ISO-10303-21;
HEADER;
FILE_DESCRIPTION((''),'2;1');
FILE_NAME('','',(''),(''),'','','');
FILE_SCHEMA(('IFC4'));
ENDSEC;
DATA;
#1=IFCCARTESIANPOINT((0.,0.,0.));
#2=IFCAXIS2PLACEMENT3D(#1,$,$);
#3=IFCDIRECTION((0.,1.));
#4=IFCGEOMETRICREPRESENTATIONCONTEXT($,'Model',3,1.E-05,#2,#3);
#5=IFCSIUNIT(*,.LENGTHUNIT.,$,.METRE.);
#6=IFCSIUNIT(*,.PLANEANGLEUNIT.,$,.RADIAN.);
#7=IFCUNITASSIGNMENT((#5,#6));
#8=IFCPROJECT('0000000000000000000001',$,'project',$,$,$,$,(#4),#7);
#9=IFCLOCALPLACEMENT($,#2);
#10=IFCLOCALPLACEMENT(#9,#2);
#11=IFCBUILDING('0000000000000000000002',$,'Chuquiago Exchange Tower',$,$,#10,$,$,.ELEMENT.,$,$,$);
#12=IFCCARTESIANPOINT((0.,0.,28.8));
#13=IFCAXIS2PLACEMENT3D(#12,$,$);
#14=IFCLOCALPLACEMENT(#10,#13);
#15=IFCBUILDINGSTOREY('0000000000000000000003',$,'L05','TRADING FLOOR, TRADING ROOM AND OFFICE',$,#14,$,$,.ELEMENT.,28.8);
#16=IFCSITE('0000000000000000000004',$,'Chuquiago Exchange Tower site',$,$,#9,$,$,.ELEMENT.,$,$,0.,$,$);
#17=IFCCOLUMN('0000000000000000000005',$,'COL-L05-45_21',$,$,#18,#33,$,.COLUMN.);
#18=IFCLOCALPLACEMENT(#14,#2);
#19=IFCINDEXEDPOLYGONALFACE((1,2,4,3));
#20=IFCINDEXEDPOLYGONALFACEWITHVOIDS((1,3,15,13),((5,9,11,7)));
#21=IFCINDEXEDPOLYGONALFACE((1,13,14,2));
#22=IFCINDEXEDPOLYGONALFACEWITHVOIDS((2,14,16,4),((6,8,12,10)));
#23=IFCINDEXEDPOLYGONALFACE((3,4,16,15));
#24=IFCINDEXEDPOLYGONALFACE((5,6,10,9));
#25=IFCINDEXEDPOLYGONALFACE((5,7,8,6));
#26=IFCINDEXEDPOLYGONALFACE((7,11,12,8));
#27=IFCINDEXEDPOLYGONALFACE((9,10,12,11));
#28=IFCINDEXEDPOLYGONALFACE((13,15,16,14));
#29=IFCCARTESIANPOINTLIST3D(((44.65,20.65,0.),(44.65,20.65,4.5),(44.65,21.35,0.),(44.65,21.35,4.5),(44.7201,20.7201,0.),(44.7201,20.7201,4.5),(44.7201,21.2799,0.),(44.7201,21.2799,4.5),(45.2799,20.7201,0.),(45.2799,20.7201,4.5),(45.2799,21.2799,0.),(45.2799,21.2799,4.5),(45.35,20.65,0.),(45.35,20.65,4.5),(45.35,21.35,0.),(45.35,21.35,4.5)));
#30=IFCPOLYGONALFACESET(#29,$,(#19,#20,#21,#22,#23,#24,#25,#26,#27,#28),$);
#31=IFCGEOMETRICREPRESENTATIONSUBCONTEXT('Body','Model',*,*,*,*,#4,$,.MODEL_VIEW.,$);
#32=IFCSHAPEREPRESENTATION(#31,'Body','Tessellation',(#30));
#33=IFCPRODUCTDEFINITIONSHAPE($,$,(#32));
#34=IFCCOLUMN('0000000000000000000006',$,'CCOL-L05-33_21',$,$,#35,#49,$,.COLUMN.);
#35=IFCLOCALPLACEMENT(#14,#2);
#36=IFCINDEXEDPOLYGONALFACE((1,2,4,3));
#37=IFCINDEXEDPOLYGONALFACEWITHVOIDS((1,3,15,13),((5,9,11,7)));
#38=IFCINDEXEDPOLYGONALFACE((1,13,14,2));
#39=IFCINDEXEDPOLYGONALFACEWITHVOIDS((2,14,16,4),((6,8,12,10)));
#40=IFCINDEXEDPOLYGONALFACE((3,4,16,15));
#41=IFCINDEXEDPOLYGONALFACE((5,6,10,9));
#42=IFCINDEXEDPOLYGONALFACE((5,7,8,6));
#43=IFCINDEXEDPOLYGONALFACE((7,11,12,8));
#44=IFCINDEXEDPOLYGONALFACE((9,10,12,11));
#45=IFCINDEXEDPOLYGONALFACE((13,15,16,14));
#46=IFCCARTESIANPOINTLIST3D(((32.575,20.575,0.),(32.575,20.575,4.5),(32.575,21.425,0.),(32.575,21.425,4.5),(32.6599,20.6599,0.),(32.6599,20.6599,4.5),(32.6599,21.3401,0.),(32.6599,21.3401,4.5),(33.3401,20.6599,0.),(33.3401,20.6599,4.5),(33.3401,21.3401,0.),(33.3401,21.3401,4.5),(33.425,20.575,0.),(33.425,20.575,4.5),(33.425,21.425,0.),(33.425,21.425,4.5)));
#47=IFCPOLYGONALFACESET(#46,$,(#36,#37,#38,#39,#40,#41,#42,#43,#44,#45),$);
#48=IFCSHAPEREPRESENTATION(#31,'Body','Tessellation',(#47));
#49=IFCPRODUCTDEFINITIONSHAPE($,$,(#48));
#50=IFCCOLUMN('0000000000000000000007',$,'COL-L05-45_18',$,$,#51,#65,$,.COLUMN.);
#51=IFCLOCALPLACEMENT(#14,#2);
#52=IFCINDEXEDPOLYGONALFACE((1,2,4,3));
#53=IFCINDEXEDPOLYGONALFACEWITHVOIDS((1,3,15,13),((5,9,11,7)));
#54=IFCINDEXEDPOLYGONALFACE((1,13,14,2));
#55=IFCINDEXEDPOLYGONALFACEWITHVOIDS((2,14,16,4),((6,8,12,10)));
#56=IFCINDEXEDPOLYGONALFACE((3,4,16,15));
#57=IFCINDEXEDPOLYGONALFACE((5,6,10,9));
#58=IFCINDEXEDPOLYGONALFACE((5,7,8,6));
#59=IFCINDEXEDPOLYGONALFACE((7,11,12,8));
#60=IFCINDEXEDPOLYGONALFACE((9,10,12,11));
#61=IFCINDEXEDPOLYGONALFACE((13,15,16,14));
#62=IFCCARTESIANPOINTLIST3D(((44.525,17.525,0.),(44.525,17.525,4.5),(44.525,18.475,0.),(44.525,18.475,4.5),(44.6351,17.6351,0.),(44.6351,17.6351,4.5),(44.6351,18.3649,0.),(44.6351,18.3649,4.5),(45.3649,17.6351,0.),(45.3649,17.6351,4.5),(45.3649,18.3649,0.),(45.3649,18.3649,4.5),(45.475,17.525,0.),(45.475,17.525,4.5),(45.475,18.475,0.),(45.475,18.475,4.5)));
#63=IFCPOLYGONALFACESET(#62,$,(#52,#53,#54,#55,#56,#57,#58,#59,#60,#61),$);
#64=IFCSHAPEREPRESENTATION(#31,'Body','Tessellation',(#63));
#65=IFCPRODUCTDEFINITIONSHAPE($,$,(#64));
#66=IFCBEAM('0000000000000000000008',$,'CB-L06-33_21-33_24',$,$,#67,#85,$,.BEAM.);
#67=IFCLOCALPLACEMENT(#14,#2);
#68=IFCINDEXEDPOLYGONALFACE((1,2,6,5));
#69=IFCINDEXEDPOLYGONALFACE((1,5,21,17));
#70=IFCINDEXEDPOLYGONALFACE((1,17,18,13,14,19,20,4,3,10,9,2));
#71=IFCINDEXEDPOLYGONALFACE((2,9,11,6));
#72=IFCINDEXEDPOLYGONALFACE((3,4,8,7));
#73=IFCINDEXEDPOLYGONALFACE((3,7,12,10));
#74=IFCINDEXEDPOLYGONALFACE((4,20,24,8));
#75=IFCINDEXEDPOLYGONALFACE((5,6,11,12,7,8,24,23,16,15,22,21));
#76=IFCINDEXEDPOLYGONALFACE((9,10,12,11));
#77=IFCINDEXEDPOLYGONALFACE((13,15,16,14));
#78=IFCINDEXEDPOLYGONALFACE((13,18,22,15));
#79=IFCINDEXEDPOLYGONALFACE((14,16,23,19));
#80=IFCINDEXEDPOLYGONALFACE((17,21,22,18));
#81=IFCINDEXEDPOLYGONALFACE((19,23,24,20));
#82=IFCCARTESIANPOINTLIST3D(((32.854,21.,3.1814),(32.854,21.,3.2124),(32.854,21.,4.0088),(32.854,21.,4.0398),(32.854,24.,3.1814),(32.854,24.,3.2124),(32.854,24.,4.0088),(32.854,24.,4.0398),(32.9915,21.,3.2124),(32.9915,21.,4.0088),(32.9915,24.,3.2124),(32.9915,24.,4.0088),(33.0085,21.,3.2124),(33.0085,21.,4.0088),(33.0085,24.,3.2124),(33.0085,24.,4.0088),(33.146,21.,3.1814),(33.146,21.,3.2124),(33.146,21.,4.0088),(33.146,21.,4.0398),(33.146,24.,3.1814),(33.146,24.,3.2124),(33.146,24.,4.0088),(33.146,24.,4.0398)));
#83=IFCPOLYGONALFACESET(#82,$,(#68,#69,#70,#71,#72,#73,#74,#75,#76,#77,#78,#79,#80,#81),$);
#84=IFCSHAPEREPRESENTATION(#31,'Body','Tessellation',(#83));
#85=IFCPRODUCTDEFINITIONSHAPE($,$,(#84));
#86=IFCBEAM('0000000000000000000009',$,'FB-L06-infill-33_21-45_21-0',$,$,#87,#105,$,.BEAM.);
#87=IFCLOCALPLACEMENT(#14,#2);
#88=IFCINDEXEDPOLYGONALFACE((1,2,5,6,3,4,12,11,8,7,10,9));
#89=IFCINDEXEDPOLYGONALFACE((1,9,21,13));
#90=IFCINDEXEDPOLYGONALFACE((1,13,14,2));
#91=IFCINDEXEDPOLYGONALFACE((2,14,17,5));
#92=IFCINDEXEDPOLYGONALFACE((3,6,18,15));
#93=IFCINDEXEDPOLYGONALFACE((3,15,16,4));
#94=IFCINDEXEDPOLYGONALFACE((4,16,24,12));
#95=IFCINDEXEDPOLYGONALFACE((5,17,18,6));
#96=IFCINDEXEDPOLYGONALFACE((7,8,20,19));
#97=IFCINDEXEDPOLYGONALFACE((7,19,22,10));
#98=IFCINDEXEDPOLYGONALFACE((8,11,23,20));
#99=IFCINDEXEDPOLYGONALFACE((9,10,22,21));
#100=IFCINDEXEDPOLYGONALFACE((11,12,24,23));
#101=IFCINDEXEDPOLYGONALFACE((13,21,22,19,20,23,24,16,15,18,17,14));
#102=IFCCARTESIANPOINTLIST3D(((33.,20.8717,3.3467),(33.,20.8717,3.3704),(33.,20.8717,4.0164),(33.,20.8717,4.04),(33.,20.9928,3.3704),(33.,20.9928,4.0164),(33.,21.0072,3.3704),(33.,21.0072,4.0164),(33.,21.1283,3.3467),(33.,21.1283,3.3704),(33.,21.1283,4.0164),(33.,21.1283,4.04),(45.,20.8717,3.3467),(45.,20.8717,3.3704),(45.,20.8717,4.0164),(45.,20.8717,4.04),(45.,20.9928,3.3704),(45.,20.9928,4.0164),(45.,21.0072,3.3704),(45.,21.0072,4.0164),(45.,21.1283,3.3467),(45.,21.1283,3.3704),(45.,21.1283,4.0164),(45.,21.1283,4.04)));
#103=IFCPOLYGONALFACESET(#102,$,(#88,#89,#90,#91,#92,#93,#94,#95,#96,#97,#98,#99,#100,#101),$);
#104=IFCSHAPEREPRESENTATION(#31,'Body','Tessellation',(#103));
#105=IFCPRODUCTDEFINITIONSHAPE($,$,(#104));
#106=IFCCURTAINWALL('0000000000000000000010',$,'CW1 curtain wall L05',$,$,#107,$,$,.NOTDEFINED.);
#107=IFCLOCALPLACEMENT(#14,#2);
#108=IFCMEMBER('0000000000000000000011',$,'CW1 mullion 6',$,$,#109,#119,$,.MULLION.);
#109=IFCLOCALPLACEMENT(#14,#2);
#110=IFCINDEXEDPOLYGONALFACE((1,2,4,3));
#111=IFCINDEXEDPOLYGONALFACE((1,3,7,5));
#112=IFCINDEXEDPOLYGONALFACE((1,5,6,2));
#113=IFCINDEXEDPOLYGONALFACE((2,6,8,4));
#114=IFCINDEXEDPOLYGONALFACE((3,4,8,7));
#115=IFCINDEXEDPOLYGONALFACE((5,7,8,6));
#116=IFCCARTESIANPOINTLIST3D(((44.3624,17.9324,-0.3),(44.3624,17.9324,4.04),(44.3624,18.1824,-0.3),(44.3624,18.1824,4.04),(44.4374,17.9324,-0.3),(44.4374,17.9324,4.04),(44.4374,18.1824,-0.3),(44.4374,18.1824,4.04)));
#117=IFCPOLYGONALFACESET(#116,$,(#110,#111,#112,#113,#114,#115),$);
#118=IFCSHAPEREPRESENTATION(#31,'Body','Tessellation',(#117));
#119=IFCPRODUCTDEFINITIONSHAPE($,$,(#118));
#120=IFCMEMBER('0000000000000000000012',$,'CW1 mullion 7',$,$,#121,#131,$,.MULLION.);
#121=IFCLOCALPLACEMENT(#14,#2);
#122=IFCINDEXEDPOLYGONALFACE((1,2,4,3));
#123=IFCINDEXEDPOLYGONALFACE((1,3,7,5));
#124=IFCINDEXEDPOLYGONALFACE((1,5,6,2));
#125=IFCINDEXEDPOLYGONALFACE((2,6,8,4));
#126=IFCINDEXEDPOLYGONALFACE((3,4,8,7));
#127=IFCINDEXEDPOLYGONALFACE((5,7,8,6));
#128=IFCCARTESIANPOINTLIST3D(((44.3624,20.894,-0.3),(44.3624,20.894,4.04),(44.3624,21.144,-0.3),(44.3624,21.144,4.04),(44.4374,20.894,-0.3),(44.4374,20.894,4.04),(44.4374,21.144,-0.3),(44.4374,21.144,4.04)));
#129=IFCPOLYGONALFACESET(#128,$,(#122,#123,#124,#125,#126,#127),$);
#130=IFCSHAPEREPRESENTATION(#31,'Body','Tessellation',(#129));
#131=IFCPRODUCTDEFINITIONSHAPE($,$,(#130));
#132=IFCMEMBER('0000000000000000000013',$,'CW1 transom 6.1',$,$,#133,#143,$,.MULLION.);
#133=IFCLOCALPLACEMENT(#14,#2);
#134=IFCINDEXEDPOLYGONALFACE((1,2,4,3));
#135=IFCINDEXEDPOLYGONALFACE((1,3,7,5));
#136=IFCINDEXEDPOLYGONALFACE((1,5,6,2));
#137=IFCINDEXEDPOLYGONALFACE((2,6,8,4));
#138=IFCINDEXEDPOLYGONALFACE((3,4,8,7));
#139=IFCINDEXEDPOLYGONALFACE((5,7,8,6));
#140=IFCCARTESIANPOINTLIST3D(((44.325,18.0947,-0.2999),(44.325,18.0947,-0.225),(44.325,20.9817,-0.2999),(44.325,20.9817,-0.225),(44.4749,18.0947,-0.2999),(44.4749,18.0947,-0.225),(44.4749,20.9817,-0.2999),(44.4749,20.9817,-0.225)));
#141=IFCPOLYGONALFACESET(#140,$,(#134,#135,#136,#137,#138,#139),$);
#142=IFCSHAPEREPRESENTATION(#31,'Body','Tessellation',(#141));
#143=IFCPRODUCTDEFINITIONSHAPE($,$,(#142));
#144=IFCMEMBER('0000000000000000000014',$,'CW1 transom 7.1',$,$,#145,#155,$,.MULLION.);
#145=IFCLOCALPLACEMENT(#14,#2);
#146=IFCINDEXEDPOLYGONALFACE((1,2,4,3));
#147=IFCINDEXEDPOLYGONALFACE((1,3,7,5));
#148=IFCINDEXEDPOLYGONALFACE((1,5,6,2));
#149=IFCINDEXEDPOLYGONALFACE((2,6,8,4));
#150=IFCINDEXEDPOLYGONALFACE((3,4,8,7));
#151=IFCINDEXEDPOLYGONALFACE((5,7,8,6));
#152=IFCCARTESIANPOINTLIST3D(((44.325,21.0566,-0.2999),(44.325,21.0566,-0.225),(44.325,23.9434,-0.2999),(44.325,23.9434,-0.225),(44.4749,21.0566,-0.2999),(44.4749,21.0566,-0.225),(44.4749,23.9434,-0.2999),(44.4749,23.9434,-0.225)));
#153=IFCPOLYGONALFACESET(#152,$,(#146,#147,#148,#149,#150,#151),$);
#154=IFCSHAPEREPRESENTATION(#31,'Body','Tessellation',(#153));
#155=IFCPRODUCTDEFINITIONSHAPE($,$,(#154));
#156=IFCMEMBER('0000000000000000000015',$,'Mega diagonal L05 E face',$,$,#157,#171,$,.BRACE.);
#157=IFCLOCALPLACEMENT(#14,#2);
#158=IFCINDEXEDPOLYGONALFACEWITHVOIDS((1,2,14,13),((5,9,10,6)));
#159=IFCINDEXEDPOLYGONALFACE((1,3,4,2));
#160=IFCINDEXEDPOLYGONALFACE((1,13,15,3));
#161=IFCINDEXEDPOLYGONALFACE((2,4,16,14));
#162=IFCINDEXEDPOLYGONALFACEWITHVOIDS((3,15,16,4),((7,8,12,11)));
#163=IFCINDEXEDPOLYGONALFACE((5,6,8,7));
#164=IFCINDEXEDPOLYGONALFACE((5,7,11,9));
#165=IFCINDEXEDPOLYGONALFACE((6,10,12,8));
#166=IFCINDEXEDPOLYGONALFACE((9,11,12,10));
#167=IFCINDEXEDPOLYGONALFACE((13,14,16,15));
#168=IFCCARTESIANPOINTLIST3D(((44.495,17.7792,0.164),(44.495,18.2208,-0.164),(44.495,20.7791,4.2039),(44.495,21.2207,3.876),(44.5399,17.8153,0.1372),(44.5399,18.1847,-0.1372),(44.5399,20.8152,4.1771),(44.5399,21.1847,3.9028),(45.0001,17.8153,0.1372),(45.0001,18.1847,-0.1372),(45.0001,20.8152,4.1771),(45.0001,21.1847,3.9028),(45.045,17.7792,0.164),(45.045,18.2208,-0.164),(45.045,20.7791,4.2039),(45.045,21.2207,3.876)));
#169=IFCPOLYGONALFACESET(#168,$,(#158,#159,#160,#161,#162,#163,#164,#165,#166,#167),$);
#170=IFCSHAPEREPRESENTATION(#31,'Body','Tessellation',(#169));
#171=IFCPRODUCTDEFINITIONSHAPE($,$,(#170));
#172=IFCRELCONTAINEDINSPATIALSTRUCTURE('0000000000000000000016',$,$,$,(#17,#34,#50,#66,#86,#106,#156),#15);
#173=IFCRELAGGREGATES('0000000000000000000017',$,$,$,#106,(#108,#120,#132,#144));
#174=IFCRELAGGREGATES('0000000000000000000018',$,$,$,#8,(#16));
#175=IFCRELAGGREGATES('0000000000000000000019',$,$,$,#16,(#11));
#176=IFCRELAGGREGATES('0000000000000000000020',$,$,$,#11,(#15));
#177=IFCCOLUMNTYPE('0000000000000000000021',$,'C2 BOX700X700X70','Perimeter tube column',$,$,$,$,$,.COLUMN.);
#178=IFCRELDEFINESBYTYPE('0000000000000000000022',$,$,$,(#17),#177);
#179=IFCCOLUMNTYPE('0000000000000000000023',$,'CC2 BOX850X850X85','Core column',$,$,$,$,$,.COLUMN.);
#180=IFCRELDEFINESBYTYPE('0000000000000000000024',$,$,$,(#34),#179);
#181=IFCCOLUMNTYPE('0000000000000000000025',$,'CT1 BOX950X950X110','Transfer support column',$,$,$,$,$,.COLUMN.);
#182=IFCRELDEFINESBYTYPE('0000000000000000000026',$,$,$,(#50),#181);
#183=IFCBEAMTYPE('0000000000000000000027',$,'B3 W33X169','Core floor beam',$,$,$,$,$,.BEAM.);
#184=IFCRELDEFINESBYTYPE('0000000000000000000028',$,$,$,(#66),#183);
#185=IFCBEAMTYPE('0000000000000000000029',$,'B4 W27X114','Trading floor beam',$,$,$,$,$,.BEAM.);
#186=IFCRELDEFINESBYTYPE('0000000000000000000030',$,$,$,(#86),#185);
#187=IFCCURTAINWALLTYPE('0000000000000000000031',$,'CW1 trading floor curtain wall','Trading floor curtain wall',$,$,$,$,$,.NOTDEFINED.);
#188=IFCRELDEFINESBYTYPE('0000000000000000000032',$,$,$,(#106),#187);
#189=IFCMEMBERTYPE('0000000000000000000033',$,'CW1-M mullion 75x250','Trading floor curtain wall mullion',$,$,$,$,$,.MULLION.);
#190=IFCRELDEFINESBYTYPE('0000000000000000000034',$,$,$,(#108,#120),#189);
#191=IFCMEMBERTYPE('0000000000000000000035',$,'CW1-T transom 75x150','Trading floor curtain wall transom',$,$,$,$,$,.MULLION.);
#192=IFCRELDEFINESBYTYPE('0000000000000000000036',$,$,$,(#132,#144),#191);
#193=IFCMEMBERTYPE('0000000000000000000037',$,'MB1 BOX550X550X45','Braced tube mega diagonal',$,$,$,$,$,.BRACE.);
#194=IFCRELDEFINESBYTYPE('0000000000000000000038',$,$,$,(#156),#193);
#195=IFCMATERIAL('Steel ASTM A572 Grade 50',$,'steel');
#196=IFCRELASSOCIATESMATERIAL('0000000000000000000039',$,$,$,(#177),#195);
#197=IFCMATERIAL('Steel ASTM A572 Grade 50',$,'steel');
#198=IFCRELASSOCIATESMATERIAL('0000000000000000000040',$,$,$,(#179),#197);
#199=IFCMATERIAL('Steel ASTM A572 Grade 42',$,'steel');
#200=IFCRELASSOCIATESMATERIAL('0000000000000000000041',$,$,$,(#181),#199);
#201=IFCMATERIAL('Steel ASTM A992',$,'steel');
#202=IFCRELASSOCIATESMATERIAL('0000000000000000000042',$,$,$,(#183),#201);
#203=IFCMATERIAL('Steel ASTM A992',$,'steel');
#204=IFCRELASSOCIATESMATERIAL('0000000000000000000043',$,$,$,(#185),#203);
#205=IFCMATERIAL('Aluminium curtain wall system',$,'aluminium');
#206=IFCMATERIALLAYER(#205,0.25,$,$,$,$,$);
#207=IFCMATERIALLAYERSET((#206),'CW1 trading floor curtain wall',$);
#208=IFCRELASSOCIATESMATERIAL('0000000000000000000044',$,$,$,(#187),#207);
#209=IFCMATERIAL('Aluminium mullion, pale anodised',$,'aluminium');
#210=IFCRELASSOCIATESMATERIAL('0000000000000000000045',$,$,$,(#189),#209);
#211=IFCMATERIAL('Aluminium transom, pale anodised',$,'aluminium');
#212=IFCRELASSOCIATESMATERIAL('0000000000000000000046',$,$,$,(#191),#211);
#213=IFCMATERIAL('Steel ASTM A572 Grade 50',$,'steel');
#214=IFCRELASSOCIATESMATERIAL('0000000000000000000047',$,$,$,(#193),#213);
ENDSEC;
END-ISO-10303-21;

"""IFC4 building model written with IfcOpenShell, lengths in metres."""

from ifc_helpers import new_model, si_unit, direction, frame, origin, origin_2d, place, context, subcontext, project, spatial, rectangle, hollow_rectangle, i_section, extrude, material, layer, layer_set, material_profile, profile_set, type_object, element, aggregate, save


model = new_model("IFC4")

# Units and contexts
model_context = context("Model", 3, precision=1e-05, world=origin(), true_north=direction((0.0, 1.0)))
body_context = subcontext(model_context, "Body", "Model", "MODEL_VIEW")
ifc_project = project(units=[si_unit("LENGTHUNIT", "METRE"), si_unit("PLANEANGLEUNIT", "RADIAN")], contexts=[model_context])

# Site, building, storey
site_placement = place(None, origin())
site = spatial("IfcSite", under=ifc_project, at=site_placement, Name="Chuquiago Exchange Tower site", CompositionType="ELEMENT", RefElevation=0.0)
building_placement = place(site_placement, origin())
building = spatial("IfcBuilding", under=site, at=building_placement, Name="Chuquiago Exchange Tower", CompositionType="ELEMENT")
storey_placement = place(building_placement, frame((0.0, 0.0, 28.8)))
storey = spatial("IfcBuildingStorey", under=building, at=storey_placement, Name="L05", Description="TRADING FLOOR, TRADING ROOM AND OFFICE", CompositionType="ELEMENT", Elevation=28.8)

# Columns
ifc_material_1 = material(Name="Steel ASTM A572 Grade 50", Category="steel")
ifc_material_profile_1 = material_profile(ifc_material_1, hollow_rectangle(XDim=0.7, YDim=0.7, WallThickness=0.0701, at=origin_2d()), Name="BOX700X700X70")
ifc_profile_set_1 = profile_set([ifc_material_profile_1], Name="Steel ASTM A572 Grade 50")
column_type_1 = type_object("IfcColumnType", Name="C2 BOX700X700X70", Description="Perimeter tube column", PredefinedType="COLUMN", material=ifc_profile_set_1)
column_1_placement = place(storey_placement, frame((45.0, 21.0, 0.0), z_axis=(0.0, 0.0, 1.0), x_axis=(1.0, 0.0, 0.0)))
element("IfcColumn", 1, at=column_1_placement, inside=storey, type_object=column_type_1, Name="COL-L05-45_21", PredefinedType="COLUMN", context=body_context, shape_type="SweptSolid", body=[
    extrude(hollow_rectangle(XDim=0.7, YDim=0.7, WallThickness=0.0701, at=origin_2d()), origin(), (0.0, 0.0, 1.0), 4.5),
])
ifc_material_2 = material(Name="Steel ASTM A572 Grade 50", Category="steel")
ifc_material_profile_2 = material_profile(ifc_material_2, hollow_rectangle(XDim=0.8501, YDim=0.8501, WallThickness=0.085, at=origin_2d()), Name="BOX850X850X85")
ifc_profile_set_2 = profile_set([ifc_material_profile_2], Name="Steel ASTM A572 Grade 50")
column_type_2 = type_object("IfcColumnType", Name="CC2 BOX850X850X85", Description="Core column", PredefinedType="COLUMN", material=ifc_profile_set_2)
column_2_placement = place(storey_placement, frame((33.0, 21.0, 0.0), z_axis=(0.0, 0.0, 1.0), x_axis=(1.0, 0.0, 0.0)))
element("IfcColumn", 2, at=column_2_placement, inside=storey, type_object=column_type_2, Name="CCOL-L05-33_21", PredefinedType="COLUMN", context=body_context, shape_type="SweptSolid", body=[
    extrude(hollow_rectangle(XDim=0.8501, YDim=0.8501, WallThickness=0.085, at=origin_2d()), origin(), (0.0, 0.0, 1.0), 4.5),
])
ifc_material_3 = material(Name="Steel ASTM A572 Grade 42", Category="steel")
ifc_material_profile_3 = material_profile(ifc_material_3, hollow_rectangle(XDim=0.95, YDim=0.95, WallThickness=0.1101, at=origin_2d()), Name="BOX950X950X110")
ifc_profile_set_3 = profile_set([ifc_material_profile_3], Name="Steel ASTM A572 Grade 42")
column_type_3 = type_object("IfcColumnType", Name="CT1 BOX950X950X110", Description="Transfer support column", PredefinedType="COLUMN", material=ifc_profile_set_3)
column_3_placement = place(storey_placement, frame((45.0, 18.0, 0.0), z_axis=(0.0, 0.0, 1.0), x_axis=(1.0, 0.0, 0.0)))
element("IfcColumn", 3, at=column_3_placement, inside=storey, type_object=column_type_3, Name="COL-L05-45_18", PredefinedType="COLUMN", context=body_context, shape_type="SweptSolid", body=[
    extrude(hollow_rectangle(XDim=0.95, YDim=0.95, WallThickness=0.1101, at=origin_2d()), origin(), (0.0, 0.0, 1.0), 4.5),
])

# Beams
ifc_material_4 = material(Name="Steel ASTM A992", Category="steel")
ifc_material_profile_4 = material_profile(ifc_material_4, i_section(OverallWidth=0.292, OverallDepth=0.8584, WebThickness=0.0171, FlangeThickness=0.031, at=origin_2d()), Name="W33X169")
ifc_profile_set_4 = profile_set([ifc_material_profile_4], Name="Steel ASTM A992")
beam_type_1 = type_object("IfcBeamType", Name="B3 W33X169", Description="Core floor beam", PredefinedType="BEAM", material=ifc_profile_set_4)
beam_1_placement = place(storey_placement, frame((33.0, 21.0, 3.6106), z_axis=(0.0, 1.0, 0.0), x_axis=(-1.0, 0.0, 0.0)))
element("IfcBeam", 4, at=beam_1_placement, inside=storey, type_object=beam_type_1, Name="CB-L06-33_21-33_24", PredefinedType="BEAM", context=body_context, shape_type="SweptSolid", body=[
    extrude(i_section(OverallWidth=0.292, OverallDepth=0.8584, WebThickness=0.0171, FlangeThickness=0.031, at=origin_2d()), origin(), (0.0, 0.0, 1.0), 3.0),
])
ifc_material_5 = material(Name="Steel ASTM A992", Category="steel")
ifc_material_profile_5 = material_profile(ifc_material_5, i_section(OverallWidth=0.2566, OverallDepth=0.6934, WebThickness=0.0144, FlangeThickness=0.0237, at=origin_2d()), Name="W27X114")
ifc_profile_set_5 = profile_set([ifc_material_profile_5], Name="Steel ASTM A992")
beam_type_2 = type_object("IfcBeamType", Name="B4 W27X114", Description="Trading floor beam", PredefinedType="BEAM", material=ifc_profile_set_5)
beam_2_placement = place(storey_placement, frame((33.0, 21.0, 3.6934), z_axis=(1.0, 0.0, 0.0), x_axis=(0.0, 1.0, 0.0)))
element("IfcBeam", 5, at=beam_2_placement, inside=storey, type_object=beam_type_2, Name="FB-L06-infill-33_21-45_21-0", PredefinedType="BEAM", context=body_context, shape_type="SweptSolid", body=[
    extrude(i_section(OverallWidth=0.2566, OverallDepth=0.6934, WebThickness=0.0144, FlangeThickness=0.0237, at=origin_2d()), origin(), (0.0, 0.0, 1.0), 12.0),
])

# Curtain wall, members
ifc_material_6 = material(Name="Aluminium curtain wall system", Category="aluminium")
ifc_layer_1 = layer(ifc_material_6, 0.25)
ifc_layer_set_1 = layer_set([ifc_layer_1], Name="CW1 trading floor curtain wall")
curtain_wall_type = type_object("IfcCurtainWallType", Name="CW1 trading floor curtain wall", Description="Trading floor curtain wall", PredefinedType="NOTDEFINED", material=ifc_layer_set_1)
curtain_wall_placement = place(storey_placement, origin())
curtain_wall = element("IfcCurtainWall", 6, at=curtain_wall_placement, inside=storey, type_object=curtain_wall_type, Name="CW1 curtain wall L05", PredefinedType="NOTDEFINED")
ifc_material_7 = material(Name="Aluminium mullion, pale anodised", Category="aluminium")
ifc_material_profile_6 = material_profile(ifc_material_7, rectangle(XDim=0.075, YDim=0.25, at=origin_2d()), Name="AL 75x250")
ifc_profile_set_6 = profile_set([ifc_material_profile_6], Name="Aluminium mullion, pale anodised")
member_type_1 = type_object("IfcMemberType", Name="CW1-M mullion 75x250", Description="Trading floor curtain wall mullion", PredefinedType="MULLION", material=ifc_profile_set_6)
member_1_placement = place(storey_placement, frame((44.3999, 18.0574, -0.3), z_axis=(0.0, 0.0, 1.0), x_axis=(-1.0, 0.0, 0.0)))
member_1 = element("IfcMember", 7, at=member_1_placement, type_object=member_type_1, Name="CW1 mullion 6", PredefinedType="MULLION", context=body_context, shape_type="SweptSolid", body=[
    extrude(rectangle(XDim=0.075, YDim=0.25, at=origin_2d()), origin(), (0.0, 0.0, 1.0), 4.3401),
])
member_2_placement = place(storey_placement, frame((44.3999, 21.019, -0.3), z_axis=(0.0, 0.0, 1.0), x_axis=(-1.0, 0.0, 0.0)))
member_2 = element("IfcMember", 8, at=member_2_placement, type_object=member_type_1, Name="CW1 mullion 7", PredefinedType="MULLION", context=body_context, shape_type="SweptSolid", body=[
    extrude(rectangle(XDim=0.075, YDim=0.25, at=origin_2d()), origin(), (0.0, 0.0, 1.0), 4.3401),
])
ifc_material_8 = material(Name="Aluminium transom, pale anodised", Category="aluminium")
ifc_material_profile_7 = material_profile(ifc_material_8, rectangle(XDim=0.1499, YDim=0.075, at=origin_2d()), Name="AL 150x75")
ifc_profile_set_7 = profile_set([ifc_material_profile_7], Name="Aluminium transom, pale anodised")
member_type_2 = type_object("IfcMemberType", Name="CW1-T transom 75x150", Description="Trading floor curtain wall transom", PredefinedType="MULLION", material=ifc_profile_set_7)
member_3_placement = place(storey_placement, frame((44.3999, 18.0947, -0.2625), z_axis=(0.0, 1.0, 0.0), x_axis=(-1.0, 0.0, 0.0)))
member_3 = element("IfcMember", 9, at=member_3_placement, type_object=member_type_2, Name="CW1 transom 6.1", PredefinedType="MULLION", context=body_context, shape_type="SweptSolid", body=[
    extrude(rectangle(XDim=0.1499, YDim=0.075, at=origin_2d()), origin(), (0.0, 0.0, 1.0), 2.887),
])
member_4_placement = place(storey_placement, frame((44.3999, 21.0566, -0.2625), z_axis=(0.0, 1.0, 0.0), x_axis=(-1.0, 0.0, 0.0)))
member_4 = element("IfcMember", 10, at=member_4_placement, type_object=member_type_2, Name="CW1 transom 7.1", PredefinedType="MULLION", context=body_context, shape_type="SweptSolid", body=[
    extrude(rectangle(XDim=0.1499, YDim=0.075, at=origin_2d()), origin(), (0.0, 0.0, 1.0), 2.8867),
])

# Member
ifc_material_9 = material(Name="Steel ASTM A572 Grade 50", Category="steel")
ifc_material_profile_8 = material_profile(ifc_material_9, hollow_rectangle(XDim=0.55, YDim=0.55, WallThickness=0.0449, at=origin_2d()), Name="BOX550X550X45")
ifc_profile_set_8 = profile_set([ifc_material_profile_8], Name="Steel ASTM A572 Grade 50")
member_type_3 = type_object("IfcMemberType", Name="MB1 BOX550X550X45", Description="Braced tube mega diagonal", PredefinedType="BRACE", material=ifc_profile_set_8)
member_5_placement = place(storey_placement, frame((44.77, 18.0, 0.0), z_axis=(0.0, 0.596174, 0.802855), x_axis=(-1.0, 0.0, 0.0)))
element("IfcMember", 11, at=member_5_placement, inside=storey, type_object=member_type_3, Name="Mega diagonal L05 E face", PredefinedType="BRACE", context=body_context, shape_type="SweptSolid", body=[
    extrude(hollow_rectangle(XDim=0.55, YDim=0.55, WallThickness=0.0449, at=origin_2d()), origin(), (0.0, 0.0, 1.0), 5.032),
])

aggregate(curtain_wall, [member_1, member_2, member_3, member_4])

save(model, "model.ifc")
